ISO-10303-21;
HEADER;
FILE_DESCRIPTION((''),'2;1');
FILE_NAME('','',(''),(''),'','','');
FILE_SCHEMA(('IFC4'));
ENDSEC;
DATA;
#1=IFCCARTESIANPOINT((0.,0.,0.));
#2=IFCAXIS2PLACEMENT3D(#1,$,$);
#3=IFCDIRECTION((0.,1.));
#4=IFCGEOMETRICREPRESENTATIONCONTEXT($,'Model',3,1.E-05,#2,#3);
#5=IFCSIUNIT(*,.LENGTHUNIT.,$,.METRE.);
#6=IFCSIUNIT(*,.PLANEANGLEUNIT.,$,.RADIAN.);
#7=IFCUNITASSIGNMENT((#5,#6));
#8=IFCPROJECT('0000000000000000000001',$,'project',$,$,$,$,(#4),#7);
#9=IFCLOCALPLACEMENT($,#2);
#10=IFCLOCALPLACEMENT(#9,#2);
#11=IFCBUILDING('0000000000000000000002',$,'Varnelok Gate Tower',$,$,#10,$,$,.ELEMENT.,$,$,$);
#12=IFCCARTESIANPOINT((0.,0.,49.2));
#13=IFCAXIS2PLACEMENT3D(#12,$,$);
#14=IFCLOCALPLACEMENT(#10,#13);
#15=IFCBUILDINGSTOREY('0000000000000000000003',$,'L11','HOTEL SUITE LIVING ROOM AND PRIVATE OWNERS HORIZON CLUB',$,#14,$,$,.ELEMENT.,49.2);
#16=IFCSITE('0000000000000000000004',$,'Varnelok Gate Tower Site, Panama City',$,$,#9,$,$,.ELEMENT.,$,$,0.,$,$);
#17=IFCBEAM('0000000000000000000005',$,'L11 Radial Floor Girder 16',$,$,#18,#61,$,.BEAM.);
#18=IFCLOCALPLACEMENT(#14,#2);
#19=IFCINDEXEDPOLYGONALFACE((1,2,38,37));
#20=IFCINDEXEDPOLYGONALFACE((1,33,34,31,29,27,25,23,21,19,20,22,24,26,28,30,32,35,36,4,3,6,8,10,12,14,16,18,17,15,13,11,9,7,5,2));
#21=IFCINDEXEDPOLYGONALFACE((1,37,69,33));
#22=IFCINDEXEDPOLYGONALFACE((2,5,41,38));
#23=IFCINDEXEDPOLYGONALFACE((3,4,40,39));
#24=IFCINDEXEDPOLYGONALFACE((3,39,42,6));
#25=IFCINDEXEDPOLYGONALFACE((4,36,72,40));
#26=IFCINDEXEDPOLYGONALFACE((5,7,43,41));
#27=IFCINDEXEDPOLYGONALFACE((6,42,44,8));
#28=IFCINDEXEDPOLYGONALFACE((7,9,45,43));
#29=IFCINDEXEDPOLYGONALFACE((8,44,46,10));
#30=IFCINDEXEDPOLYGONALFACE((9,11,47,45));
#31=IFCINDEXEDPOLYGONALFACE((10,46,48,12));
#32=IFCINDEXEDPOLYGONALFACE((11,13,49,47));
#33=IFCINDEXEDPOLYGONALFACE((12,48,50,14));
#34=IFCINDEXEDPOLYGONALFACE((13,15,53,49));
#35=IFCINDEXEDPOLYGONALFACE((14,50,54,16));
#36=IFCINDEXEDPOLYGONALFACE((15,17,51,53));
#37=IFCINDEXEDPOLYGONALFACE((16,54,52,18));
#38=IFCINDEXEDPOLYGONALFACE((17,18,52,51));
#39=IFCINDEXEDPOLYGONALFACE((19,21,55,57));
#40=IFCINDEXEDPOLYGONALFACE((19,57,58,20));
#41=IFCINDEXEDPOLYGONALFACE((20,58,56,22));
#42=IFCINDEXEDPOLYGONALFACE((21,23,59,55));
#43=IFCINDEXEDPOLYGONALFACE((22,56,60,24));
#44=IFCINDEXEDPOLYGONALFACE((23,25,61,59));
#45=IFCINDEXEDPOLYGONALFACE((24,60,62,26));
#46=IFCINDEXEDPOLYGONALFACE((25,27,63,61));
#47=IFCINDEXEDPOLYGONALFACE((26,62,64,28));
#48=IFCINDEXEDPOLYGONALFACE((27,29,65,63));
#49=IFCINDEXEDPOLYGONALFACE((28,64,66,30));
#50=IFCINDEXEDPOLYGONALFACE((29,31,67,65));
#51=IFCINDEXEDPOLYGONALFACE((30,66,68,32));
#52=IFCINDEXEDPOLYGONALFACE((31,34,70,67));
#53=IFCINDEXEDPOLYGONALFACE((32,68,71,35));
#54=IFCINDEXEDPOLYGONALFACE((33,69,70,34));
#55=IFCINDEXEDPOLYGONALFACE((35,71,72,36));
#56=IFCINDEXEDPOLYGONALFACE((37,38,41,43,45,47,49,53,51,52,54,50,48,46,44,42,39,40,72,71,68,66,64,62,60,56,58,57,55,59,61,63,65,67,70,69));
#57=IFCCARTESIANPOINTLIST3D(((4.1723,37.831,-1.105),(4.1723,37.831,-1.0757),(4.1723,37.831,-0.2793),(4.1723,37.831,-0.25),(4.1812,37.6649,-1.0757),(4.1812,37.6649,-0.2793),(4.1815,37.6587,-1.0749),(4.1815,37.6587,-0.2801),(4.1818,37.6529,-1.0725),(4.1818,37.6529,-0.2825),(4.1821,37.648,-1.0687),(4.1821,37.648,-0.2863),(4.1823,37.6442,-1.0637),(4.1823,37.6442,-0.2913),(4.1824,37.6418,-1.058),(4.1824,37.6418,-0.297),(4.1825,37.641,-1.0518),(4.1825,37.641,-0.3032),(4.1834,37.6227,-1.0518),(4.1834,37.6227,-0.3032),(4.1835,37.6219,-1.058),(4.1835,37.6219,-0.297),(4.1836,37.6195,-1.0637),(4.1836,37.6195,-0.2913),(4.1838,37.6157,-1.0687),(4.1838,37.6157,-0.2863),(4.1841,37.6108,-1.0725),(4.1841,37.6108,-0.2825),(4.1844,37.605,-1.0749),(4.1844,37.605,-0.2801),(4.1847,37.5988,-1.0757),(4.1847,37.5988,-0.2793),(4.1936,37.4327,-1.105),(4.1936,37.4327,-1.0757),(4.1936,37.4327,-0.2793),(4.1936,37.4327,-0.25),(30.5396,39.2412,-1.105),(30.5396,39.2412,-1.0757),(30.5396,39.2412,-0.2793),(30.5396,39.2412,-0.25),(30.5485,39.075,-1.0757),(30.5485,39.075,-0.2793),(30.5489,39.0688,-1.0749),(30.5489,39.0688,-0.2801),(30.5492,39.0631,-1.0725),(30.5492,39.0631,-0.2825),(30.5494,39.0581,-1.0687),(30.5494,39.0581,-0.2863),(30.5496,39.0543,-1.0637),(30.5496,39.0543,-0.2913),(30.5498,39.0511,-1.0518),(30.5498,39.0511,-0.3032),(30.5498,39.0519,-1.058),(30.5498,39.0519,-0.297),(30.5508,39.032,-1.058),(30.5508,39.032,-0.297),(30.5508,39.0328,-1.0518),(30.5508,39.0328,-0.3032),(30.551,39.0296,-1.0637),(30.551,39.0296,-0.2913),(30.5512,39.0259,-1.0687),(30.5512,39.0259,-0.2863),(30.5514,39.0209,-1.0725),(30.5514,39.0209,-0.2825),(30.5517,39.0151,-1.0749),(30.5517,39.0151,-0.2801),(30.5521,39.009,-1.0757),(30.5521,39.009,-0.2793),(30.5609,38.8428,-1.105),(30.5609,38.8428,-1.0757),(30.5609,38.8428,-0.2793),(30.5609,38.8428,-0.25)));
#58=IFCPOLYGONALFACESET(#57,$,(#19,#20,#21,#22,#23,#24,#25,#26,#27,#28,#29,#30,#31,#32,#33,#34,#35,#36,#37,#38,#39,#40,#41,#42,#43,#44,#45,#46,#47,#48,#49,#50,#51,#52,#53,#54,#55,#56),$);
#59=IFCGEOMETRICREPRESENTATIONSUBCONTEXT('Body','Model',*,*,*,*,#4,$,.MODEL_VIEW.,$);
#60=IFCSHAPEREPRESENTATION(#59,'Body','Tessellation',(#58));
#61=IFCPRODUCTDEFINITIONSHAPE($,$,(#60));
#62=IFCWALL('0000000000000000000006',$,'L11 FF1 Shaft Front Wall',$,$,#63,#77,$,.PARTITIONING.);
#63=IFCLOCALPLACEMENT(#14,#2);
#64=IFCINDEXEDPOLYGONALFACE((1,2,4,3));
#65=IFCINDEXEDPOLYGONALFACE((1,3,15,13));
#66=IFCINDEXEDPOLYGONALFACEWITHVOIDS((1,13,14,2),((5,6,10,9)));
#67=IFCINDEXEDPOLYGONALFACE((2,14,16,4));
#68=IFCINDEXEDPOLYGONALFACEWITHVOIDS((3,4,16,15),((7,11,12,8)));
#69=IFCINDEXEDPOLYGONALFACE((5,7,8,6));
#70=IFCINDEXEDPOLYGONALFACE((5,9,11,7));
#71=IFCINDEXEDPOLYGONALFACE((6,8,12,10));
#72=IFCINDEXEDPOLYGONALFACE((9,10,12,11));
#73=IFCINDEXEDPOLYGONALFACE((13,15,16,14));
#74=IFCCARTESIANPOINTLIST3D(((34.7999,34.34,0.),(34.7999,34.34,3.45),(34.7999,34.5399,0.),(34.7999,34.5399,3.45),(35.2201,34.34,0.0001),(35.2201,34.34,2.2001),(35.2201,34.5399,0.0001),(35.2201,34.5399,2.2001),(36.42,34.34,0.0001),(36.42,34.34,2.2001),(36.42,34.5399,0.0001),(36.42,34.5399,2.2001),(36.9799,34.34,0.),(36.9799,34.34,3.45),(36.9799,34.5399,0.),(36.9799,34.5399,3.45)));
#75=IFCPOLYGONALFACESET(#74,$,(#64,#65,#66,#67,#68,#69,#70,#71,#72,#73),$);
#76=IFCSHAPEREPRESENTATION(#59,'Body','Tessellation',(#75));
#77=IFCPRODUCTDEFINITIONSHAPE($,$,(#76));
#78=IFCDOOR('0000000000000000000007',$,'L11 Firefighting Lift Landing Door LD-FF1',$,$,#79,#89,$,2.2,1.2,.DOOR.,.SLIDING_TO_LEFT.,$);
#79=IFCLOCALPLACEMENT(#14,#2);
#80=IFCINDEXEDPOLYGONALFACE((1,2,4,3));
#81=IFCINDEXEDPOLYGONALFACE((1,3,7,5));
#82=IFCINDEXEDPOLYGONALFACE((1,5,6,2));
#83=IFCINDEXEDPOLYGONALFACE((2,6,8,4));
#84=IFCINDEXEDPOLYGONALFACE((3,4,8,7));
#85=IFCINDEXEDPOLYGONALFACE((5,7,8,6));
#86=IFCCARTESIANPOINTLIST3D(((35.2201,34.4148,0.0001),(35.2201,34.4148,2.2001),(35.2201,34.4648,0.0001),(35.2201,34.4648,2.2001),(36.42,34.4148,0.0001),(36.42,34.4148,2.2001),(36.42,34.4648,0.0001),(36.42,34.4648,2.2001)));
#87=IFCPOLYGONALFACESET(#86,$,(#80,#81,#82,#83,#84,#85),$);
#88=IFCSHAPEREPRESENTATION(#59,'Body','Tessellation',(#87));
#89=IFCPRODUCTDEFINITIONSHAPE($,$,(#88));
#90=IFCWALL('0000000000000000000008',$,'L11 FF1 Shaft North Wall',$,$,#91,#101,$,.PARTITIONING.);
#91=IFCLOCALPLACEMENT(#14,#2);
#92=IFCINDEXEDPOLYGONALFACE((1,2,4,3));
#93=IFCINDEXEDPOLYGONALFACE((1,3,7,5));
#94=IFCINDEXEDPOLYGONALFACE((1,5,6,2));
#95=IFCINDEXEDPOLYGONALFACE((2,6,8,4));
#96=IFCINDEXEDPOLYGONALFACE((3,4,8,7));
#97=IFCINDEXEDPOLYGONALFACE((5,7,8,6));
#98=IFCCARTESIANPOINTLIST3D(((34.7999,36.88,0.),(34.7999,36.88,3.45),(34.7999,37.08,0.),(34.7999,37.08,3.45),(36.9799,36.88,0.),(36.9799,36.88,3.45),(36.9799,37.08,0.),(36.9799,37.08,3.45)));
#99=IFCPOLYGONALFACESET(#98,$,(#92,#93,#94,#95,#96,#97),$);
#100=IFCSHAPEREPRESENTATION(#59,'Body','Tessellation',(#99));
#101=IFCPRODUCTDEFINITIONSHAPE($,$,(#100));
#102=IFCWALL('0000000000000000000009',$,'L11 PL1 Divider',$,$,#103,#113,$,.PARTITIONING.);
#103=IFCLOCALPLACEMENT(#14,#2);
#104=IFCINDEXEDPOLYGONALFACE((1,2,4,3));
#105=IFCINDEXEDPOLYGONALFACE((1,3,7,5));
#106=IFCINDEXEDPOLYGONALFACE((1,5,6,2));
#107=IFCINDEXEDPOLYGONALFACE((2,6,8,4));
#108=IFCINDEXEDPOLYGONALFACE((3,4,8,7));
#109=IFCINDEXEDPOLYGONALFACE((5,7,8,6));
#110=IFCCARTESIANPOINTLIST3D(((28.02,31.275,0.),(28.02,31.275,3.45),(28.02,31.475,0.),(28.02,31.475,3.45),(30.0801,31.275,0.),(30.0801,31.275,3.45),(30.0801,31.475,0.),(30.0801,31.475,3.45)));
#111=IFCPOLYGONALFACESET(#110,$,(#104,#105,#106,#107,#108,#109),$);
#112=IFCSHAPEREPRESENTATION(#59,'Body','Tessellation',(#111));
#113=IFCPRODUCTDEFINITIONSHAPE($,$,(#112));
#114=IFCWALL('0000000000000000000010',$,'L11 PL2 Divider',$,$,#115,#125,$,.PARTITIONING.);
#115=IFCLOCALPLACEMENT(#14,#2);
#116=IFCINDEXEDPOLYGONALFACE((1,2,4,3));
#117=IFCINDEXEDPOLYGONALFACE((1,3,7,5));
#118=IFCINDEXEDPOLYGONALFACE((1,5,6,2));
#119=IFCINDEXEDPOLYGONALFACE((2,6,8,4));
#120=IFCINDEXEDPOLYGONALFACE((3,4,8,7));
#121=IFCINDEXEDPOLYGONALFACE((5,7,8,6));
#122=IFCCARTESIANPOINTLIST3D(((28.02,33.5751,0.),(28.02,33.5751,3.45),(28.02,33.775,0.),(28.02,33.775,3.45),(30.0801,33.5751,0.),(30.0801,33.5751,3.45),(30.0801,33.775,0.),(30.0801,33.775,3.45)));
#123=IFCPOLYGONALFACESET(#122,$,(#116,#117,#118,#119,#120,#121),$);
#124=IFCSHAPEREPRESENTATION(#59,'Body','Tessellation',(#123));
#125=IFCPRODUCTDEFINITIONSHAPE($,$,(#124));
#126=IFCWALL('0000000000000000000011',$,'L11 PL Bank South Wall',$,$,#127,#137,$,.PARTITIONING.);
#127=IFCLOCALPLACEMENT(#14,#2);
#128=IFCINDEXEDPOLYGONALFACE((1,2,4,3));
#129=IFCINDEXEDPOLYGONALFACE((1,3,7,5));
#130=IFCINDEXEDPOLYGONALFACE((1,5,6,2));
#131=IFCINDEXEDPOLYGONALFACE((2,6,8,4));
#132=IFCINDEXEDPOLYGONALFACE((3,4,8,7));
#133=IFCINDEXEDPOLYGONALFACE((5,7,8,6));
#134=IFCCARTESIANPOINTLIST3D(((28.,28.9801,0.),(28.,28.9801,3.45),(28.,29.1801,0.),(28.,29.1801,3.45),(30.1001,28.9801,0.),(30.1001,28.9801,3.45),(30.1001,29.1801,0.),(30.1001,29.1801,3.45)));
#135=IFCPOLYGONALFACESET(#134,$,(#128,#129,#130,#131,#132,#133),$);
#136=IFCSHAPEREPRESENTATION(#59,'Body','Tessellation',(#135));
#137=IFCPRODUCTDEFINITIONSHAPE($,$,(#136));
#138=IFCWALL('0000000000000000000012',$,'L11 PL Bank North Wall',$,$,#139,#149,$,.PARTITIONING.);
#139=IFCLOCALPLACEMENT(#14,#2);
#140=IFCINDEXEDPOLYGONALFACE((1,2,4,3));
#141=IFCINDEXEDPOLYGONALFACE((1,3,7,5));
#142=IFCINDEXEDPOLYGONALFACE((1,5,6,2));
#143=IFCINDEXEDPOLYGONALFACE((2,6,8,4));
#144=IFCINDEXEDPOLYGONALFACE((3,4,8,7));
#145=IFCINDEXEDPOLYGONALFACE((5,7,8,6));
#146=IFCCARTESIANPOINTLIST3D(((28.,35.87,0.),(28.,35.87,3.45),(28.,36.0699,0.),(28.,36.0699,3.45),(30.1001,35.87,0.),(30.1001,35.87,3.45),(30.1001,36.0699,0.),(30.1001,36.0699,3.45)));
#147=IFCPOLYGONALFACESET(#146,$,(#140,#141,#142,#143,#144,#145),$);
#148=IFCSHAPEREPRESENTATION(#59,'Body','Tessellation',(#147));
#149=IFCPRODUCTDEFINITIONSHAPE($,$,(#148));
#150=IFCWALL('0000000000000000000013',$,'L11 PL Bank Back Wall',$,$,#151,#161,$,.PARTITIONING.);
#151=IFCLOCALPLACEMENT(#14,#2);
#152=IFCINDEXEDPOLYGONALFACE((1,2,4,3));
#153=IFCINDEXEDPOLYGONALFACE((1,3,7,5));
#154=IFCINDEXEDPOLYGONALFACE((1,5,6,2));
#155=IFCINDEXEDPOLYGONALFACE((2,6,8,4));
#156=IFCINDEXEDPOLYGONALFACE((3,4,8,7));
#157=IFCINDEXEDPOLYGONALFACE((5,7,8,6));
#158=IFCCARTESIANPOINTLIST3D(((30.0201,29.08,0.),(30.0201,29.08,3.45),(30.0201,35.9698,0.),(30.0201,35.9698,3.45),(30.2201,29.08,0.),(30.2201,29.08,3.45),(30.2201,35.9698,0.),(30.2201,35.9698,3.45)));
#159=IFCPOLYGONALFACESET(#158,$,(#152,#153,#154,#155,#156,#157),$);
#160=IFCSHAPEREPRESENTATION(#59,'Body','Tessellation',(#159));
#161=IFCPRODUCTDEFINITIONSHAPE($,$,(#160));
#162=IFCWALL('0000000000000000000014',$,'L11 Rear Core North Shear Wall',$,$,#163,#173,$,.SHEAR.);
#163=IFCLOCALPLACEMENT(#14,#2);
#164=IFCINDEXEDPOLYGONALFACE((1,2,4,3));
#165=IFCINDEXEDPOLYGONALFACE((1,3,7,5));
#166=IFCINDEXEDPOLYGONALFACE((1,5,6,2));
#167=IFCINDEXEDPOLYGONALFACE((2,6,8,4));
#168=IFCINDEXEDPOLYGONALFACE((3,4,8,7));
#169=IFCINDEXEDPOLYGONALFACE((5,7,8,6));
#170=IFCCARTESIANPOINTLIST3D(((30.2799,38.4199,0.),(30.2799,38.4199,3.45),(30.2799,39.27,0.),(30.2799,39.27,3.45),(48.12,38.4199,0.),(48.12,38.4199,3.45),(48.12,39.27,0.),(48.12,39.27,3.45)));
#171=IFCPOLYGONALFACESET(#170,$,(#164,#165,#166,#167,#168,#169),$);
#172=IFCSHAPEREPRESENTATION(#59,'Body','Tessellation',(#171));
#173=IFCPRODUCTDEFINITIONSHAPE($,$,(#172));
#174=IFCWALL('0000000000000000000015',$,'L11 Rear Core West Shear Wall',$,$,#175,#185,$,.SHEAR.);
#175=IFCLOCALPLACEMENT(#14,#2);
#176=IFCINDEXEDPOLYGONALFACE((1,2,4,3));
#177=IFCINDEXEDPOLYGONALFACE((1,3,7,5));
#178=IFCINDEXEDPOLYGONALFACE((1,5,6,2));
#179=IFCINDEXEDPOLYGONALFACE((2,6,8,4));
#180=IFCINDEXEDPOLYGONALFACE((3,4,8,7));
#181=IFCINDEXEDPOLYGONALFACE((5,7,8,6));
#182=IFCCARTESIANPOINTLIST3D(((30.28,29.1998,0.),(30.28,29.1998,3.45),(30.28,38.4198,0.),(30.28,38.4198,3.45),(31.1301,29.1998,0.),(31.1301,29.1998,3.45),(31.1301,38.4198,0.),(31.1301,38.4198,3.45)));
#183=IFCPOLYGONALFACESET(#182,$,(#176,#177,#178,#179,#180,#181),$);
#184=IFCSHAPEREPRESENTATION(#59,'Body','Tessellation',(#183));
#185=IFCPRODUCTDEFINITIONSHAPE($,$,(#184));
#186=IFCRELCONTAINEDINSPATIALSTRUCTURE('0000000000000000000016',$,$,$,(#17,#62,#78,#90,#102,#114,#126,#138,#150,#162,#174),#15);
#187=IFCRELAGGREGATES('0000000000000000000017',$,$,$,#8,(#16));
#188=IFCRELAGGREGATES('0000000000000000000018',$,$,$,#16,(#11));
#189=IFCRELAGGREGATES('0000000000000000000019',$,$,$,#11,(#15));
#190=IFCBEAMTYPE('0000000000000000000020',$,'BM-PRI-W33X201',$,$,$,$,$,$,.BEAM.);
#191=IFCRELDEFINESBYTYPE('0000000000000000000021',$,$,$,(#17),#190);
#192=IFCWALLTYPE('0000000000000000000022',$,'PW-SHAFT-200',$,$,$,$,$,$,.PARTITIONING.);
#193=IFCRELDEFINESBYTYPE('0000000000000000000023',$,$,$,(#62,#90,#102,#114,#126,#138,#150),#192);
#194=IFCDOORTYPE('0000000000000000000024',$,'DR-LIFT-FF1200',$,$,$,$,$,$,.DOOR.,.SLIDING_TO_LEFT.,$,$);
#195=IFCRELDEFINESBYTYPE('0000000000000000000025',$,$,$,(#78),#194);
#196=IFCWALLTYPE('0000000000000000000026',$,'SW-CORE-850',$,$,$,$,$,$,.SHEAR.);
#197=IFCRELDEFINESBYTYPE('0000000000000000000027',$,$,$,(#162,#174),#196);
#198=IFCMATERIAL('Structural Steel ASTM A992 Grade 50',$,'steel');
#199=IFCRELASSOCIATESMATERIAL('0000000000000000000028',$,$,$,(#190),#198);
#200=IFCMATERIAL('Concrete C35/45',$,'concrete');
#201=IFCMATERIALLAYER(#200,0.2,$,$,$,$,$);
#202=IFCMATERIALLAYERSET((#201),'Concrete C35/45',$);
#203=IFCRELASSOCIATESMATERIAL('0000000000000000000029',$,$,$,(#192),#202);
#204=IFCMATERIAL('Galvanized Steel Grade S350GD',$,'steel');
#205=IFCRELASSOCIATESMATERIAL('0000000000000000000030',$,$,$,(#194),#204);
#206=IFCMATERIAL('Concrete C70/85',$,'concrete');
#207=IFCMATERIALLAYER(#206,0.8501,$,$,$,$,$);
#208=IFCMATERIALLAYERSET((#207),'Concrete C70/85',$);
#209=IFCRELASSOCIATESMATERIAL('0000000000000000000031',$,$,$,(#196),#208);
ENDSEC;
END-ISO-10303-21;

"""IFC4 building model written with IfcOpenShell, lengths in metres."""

from ifc_helpers import new_model, si_unit, direction, frame, frame_2d, origin, origin_2d, place, context, subcontext, project, spatial, rectangle, i_section, extrude, material, layer, layer_set, material_profile, profile_set, type_object, element, fill, save


model = new_model("IFC4")

# Units and contexts
model_context = context("Model", 3, precision=1e-05, world=origin(), true_north=direction((0.0, 1.0)))
body_context = subcontext(model_context, "Body", "Model", "MODEL_VIEW")
ifc_project = project(units=[si_unit("LENGTHUNIT", "METRE"), si_unit("PLANEANGLEUNIT", "RADIAN")], contexts=[model_context])

# Site, building, storey
site_placement = place(None, origin())
site = spatial("IfcSite", under=ifc_project, at=site_placement, Name="Varnelok Gate Tower Site, Panama City", CompositionType="ELEMENT", RefElevation=0.0)
building_placement = place(site_placement, origin())
building = spatial("IfcBuilding", under=site, at=building_placement, Name="Varnelok Gate Tower", CompositionType="ELEMENT")
storey_placement = place(building_placement, frame((0.0, 0.0, 49.2)))
storey = spatial("IfcBuildingStorey", under=building, at=storey_placement, Name="L11", Description="HOTEL SUITE LIVING ROOM AND PRIVATE OWNERS HORIZON CLUB", CompositionType="ELEMENT", Elevation=49.2)

# Beam
ifc_material_1 = material(Name="Structural Steel ASTM A992 Grade 50", Category="steel")
ifc_material_profile = material_profile(ifc_material_1, i_section(OverallWidth=0.3989, OverallDepth=0.855, WebThickness=0.0183, FlangeThickness=0.0293, FilletRadius=0.0239, at=origin_2d()), Name="W33X201")
ifc_profile_set = profile_set([ifc_material_profile], Name="Structural Steel ASTM A992 Grade 50")
beam_type = type_object("IfcBeamType", Name="BM-PRI-W33X201", PredefinedType="BEAM", material=ifc_profile_set)
beam_placement = place(storey_placement, frame((30.5503, 39.042, -0.6775), z_axis=(-0.998573, -0.053405, 0.0), x_axis=(0.053405, -0.998573, 0.0)))
element("IfcBeam", 1, at=beam_placement, inside=storey, type_object=beam_type, Name="L11 Radial Floor Girder 16", PredefinedType="BEAM", context=body_context, shape_type="SweptSolid", body=[
    extrude(i_section(OverallWidth=0.3989, OverallDepth=0.855, WebThickness=0.0183, FlangeThickness=0.0293, FilletRadius=0.0239, at=origin_2d()), origin(), (0.0, 0.0, 1.0), 26.405),
])

# Wall, opening, door
ifc_material_2 = material(Name="Concrete C35/45", Category="concrete")
ifc_layer_1 = layer(ifc_material_2, 0.2)
ifc_layer_set_1 = layer_set([ifc_layer_1], Name="Concrete C35/45")
wall_type_1 = type_object("IfcWallType", Name="PW-SHAFT-200", PredefinedType="PARTITIONING", material=ifc_layer_set_1)
wall_1_placement = place(storey_placement, frame((34.8, 34.4399, 0.0), z_axis=(0.0, 0.0, 1.0), x_axis=(1.0, 0.0, 0.0)))
wall_1 = element("IfcWall", 2, at=wall_1_placement, inside=storey, type_object=wall_type_1, Name="L11 FF1 Shaft Front Wall", PredefinedType="PARTITIONING", context=body_context, shape_type="SweptSolid", body=[
    extrude(rectangle(XDim=2.1799, YDim=0.2, at=frame_2d((1.0898, 0.0))), origin(), (0.0, 0.0, 1.0), 3.45),
])
opening_1_placement = place(wall_1_placement, frame((0.4199, 0.0, 0.0)))
opening_1 = element("IfcOpeningElement", 3, at=opening_1_placement, cuts=wall_1, PredefinedType="OPENING", context=body_context, shape_type="SweptSolid", body=[
    extrude(rectangle(XDim=1.2, YDim=2.2, at=frame_2d((0.6001, 1.1001))), frame((0.0, 0.1099, 0.0), z_axis=(0.0, -1.0, 0.0), x_axis=(1.0, 0.0, 0.0)), (0.0, 0.0, 1.0), 0.22),
])
ifc_material_3 = material(Name="Galvanized Steel Grade S350GD", Category="steel")
door_type_1 = type_object("IfcDoorType", Name="DR-LIFT-FF1200", OperationType="SLIDING_TO_LEFT", PredefinedType="DOOR", material=ifc_material_3)
door_1_placement = place(opening_1_placement, origin())
door_1 = element("IfcDoor", 4, at=door_1_placement, inside=storey, type_object=door_type_1, Name="L11 Firefighting Lift Landing Door LD-FF1", OperationType="SLIDING_TO_LEFT", OverallHeight=2.2, OverallWidth=1.2, PredefinedType="DOOR", context=body_context, shape_type="SweptSolid", body=[
    extrude(rectangle(XDim=1.2, YDim=2.2, at=frame_2d((0.6001, 1.1001))), frame((0.0, 0.0249, 0.0), z_axis=(0.0, -1.0, 0.0), x_axis=(1.0, 0.0, 0.0)), (0.0, 0.0, 1.0), 0.05),
])
fill(opening_1, door_1)

# Walls
wall_2_placement = place(storey_placement, frame((34.8, 36.98, 0.0), z_axis=(0.0, 0.0, 1.0), x_axis=(1.0, 0.0, 0.0)))
element("IfcWall", 5, at=wall_2_placement, inside=storey, type_object=wall_type_1, Name="L11 FF1 Shaft North Wall", PredefinedType="PARTITIONING", context=body_context, shape_type="SweptSolid", body=[
    extrude(rectangle(XDim=2.1799, YDim=0.2, at=frame_2d((1.0898, 0.0))), origin(), (0.0, 0.0, 1.0), 3.45),
])
for number, where, z_axis, x_axis, name in (
    (6, (28.02, 31.375, 0.0), (0.0, 0.0, 1.0), (1.0, 0.0, 0.0), "L11 PL1 Divider"),
    (7, (28.02, 33.675, 0.0), (0.0, 0.0, 1.0), (1.0, 0.0, 0.0), "L11 PL2 Divider"),
):
    element("IfcWall", number, at=place(storey_placement, frame(where, z_axis=z_axis, x_axis=x_axis)), inside=storey, type_object=wall_type_1, Name=name, PredefinedType="PARTITIONING", context=body_context, shape_type="SweptSolid", body=[
        extrude(rectangle(XDim=2.0601, YDim=0.2, at=frame_2d((1.03, 0.0))), origin(), (0.0, 0.0, 1.0), 3.45),
    ])
for number, where, z_axis, x_axis, name in (
    (8, (28.0, 29.0801, 0.0), (0.0, 0.0, 1.0), (1.0, 0.0, 0.0), "L11 PL Bank South Wall"),
    (9, (28.0, 35.97, 0.0), (0.0, 0.0, 1.0), (1.0, 0.0, 0.0), "L11 PL Bank North Wall"),
):
    element("IfcWall", number, at=place(storey_placement, frame(where, z_axis=z_axis, x_axis=x_axis)), inside=storey, type_object=wall_type_1, Name=name, PredefinedType="PARTITIONING", context=body_context, shape_type="SweptSolid", body=[
        extrude(rectangle(XDim=2.1001, YDim=0.2, at=frame_2d((1.05, 0.0))), origin(), (0.0, 0.0, 1.0), 3.45),
    ])
wall_3_placement = place(storey_placement, frame((30.1201, 29.0801, 0.0), z_axis=(0.0, 0.0, 1.0), x_axis=(0.0, 1.0, 0.0)))
element("IfcWall", 10, at=wall_3_placement, inside=storey, type_object=wall_type_1, Name="L11 PL Bank Back Wall", PredefinedType="PARTITIONING", context=body_context, shape_type="SweptSolid", body=[
    extrude(rectangle(XDim=6.8899, YDim=0.2, at=frame_2d((3.4448, 0.0))), origin(), (0.0, 0.0, 1.0), 3.45),
])

# Walls
ifc_material_4 = material(Name="Concrete C70/85", Category="concrete")
ifc_layer_2 = layer(ifc_material_4, 0.8501)
ifc_layer_set_2 = layer_set([ifc_layer_2], Name="Concrete C70/85")
wall_type_2 = type_object("IfcWallType", Name="SW-CORE-850", PredefinedType="SHEAR", material=ifc_layer_set_2)
wall_4_placement = place(storey_placement, frame((30.28, 38.845, 0.0), z_axis=(0.0, 0.0, 1.0), x_axis=(1.0, 0.0, 0.0)))
element("IfcWall", 11, at=wall_4_placement, inside=storey, type_object=wall_type_2, Name="L11 Rear Core North Shear Wall", PredefinedType="SHEAR", context=body_context, shape_type="SweptSolid", body=[
    extrude(rectangle(XDim=17.8401, YDim=0.8501, at=frame_2d((8.9199, 0.0))), origin(), (0.0, 0.0, 1.0), 3.45),
])
wall_5_placement = place(storey_placement, frame((30.7051, 29.2, 0.0), z_axis=(0.0, 0.0, 1.0), x_axis=(0.0, 1.0, 0.0)))
element("IfcWall", 12, at=wall_5_placement, inside=storey, type_object=wall_type_2, Name="L11 Rear Core West Shear Wall", PredefinedType="SHEAR", context=body_context, shape_type="SweptSolid", body=[
    extrude(rectangle(XDim=9.22, YDim=0.8501, at=frame_2d((4.6099, 0.0))), origin(), (0.0, 0.0, 1.0), 3.45),
])

save(model, "model.ifc")
